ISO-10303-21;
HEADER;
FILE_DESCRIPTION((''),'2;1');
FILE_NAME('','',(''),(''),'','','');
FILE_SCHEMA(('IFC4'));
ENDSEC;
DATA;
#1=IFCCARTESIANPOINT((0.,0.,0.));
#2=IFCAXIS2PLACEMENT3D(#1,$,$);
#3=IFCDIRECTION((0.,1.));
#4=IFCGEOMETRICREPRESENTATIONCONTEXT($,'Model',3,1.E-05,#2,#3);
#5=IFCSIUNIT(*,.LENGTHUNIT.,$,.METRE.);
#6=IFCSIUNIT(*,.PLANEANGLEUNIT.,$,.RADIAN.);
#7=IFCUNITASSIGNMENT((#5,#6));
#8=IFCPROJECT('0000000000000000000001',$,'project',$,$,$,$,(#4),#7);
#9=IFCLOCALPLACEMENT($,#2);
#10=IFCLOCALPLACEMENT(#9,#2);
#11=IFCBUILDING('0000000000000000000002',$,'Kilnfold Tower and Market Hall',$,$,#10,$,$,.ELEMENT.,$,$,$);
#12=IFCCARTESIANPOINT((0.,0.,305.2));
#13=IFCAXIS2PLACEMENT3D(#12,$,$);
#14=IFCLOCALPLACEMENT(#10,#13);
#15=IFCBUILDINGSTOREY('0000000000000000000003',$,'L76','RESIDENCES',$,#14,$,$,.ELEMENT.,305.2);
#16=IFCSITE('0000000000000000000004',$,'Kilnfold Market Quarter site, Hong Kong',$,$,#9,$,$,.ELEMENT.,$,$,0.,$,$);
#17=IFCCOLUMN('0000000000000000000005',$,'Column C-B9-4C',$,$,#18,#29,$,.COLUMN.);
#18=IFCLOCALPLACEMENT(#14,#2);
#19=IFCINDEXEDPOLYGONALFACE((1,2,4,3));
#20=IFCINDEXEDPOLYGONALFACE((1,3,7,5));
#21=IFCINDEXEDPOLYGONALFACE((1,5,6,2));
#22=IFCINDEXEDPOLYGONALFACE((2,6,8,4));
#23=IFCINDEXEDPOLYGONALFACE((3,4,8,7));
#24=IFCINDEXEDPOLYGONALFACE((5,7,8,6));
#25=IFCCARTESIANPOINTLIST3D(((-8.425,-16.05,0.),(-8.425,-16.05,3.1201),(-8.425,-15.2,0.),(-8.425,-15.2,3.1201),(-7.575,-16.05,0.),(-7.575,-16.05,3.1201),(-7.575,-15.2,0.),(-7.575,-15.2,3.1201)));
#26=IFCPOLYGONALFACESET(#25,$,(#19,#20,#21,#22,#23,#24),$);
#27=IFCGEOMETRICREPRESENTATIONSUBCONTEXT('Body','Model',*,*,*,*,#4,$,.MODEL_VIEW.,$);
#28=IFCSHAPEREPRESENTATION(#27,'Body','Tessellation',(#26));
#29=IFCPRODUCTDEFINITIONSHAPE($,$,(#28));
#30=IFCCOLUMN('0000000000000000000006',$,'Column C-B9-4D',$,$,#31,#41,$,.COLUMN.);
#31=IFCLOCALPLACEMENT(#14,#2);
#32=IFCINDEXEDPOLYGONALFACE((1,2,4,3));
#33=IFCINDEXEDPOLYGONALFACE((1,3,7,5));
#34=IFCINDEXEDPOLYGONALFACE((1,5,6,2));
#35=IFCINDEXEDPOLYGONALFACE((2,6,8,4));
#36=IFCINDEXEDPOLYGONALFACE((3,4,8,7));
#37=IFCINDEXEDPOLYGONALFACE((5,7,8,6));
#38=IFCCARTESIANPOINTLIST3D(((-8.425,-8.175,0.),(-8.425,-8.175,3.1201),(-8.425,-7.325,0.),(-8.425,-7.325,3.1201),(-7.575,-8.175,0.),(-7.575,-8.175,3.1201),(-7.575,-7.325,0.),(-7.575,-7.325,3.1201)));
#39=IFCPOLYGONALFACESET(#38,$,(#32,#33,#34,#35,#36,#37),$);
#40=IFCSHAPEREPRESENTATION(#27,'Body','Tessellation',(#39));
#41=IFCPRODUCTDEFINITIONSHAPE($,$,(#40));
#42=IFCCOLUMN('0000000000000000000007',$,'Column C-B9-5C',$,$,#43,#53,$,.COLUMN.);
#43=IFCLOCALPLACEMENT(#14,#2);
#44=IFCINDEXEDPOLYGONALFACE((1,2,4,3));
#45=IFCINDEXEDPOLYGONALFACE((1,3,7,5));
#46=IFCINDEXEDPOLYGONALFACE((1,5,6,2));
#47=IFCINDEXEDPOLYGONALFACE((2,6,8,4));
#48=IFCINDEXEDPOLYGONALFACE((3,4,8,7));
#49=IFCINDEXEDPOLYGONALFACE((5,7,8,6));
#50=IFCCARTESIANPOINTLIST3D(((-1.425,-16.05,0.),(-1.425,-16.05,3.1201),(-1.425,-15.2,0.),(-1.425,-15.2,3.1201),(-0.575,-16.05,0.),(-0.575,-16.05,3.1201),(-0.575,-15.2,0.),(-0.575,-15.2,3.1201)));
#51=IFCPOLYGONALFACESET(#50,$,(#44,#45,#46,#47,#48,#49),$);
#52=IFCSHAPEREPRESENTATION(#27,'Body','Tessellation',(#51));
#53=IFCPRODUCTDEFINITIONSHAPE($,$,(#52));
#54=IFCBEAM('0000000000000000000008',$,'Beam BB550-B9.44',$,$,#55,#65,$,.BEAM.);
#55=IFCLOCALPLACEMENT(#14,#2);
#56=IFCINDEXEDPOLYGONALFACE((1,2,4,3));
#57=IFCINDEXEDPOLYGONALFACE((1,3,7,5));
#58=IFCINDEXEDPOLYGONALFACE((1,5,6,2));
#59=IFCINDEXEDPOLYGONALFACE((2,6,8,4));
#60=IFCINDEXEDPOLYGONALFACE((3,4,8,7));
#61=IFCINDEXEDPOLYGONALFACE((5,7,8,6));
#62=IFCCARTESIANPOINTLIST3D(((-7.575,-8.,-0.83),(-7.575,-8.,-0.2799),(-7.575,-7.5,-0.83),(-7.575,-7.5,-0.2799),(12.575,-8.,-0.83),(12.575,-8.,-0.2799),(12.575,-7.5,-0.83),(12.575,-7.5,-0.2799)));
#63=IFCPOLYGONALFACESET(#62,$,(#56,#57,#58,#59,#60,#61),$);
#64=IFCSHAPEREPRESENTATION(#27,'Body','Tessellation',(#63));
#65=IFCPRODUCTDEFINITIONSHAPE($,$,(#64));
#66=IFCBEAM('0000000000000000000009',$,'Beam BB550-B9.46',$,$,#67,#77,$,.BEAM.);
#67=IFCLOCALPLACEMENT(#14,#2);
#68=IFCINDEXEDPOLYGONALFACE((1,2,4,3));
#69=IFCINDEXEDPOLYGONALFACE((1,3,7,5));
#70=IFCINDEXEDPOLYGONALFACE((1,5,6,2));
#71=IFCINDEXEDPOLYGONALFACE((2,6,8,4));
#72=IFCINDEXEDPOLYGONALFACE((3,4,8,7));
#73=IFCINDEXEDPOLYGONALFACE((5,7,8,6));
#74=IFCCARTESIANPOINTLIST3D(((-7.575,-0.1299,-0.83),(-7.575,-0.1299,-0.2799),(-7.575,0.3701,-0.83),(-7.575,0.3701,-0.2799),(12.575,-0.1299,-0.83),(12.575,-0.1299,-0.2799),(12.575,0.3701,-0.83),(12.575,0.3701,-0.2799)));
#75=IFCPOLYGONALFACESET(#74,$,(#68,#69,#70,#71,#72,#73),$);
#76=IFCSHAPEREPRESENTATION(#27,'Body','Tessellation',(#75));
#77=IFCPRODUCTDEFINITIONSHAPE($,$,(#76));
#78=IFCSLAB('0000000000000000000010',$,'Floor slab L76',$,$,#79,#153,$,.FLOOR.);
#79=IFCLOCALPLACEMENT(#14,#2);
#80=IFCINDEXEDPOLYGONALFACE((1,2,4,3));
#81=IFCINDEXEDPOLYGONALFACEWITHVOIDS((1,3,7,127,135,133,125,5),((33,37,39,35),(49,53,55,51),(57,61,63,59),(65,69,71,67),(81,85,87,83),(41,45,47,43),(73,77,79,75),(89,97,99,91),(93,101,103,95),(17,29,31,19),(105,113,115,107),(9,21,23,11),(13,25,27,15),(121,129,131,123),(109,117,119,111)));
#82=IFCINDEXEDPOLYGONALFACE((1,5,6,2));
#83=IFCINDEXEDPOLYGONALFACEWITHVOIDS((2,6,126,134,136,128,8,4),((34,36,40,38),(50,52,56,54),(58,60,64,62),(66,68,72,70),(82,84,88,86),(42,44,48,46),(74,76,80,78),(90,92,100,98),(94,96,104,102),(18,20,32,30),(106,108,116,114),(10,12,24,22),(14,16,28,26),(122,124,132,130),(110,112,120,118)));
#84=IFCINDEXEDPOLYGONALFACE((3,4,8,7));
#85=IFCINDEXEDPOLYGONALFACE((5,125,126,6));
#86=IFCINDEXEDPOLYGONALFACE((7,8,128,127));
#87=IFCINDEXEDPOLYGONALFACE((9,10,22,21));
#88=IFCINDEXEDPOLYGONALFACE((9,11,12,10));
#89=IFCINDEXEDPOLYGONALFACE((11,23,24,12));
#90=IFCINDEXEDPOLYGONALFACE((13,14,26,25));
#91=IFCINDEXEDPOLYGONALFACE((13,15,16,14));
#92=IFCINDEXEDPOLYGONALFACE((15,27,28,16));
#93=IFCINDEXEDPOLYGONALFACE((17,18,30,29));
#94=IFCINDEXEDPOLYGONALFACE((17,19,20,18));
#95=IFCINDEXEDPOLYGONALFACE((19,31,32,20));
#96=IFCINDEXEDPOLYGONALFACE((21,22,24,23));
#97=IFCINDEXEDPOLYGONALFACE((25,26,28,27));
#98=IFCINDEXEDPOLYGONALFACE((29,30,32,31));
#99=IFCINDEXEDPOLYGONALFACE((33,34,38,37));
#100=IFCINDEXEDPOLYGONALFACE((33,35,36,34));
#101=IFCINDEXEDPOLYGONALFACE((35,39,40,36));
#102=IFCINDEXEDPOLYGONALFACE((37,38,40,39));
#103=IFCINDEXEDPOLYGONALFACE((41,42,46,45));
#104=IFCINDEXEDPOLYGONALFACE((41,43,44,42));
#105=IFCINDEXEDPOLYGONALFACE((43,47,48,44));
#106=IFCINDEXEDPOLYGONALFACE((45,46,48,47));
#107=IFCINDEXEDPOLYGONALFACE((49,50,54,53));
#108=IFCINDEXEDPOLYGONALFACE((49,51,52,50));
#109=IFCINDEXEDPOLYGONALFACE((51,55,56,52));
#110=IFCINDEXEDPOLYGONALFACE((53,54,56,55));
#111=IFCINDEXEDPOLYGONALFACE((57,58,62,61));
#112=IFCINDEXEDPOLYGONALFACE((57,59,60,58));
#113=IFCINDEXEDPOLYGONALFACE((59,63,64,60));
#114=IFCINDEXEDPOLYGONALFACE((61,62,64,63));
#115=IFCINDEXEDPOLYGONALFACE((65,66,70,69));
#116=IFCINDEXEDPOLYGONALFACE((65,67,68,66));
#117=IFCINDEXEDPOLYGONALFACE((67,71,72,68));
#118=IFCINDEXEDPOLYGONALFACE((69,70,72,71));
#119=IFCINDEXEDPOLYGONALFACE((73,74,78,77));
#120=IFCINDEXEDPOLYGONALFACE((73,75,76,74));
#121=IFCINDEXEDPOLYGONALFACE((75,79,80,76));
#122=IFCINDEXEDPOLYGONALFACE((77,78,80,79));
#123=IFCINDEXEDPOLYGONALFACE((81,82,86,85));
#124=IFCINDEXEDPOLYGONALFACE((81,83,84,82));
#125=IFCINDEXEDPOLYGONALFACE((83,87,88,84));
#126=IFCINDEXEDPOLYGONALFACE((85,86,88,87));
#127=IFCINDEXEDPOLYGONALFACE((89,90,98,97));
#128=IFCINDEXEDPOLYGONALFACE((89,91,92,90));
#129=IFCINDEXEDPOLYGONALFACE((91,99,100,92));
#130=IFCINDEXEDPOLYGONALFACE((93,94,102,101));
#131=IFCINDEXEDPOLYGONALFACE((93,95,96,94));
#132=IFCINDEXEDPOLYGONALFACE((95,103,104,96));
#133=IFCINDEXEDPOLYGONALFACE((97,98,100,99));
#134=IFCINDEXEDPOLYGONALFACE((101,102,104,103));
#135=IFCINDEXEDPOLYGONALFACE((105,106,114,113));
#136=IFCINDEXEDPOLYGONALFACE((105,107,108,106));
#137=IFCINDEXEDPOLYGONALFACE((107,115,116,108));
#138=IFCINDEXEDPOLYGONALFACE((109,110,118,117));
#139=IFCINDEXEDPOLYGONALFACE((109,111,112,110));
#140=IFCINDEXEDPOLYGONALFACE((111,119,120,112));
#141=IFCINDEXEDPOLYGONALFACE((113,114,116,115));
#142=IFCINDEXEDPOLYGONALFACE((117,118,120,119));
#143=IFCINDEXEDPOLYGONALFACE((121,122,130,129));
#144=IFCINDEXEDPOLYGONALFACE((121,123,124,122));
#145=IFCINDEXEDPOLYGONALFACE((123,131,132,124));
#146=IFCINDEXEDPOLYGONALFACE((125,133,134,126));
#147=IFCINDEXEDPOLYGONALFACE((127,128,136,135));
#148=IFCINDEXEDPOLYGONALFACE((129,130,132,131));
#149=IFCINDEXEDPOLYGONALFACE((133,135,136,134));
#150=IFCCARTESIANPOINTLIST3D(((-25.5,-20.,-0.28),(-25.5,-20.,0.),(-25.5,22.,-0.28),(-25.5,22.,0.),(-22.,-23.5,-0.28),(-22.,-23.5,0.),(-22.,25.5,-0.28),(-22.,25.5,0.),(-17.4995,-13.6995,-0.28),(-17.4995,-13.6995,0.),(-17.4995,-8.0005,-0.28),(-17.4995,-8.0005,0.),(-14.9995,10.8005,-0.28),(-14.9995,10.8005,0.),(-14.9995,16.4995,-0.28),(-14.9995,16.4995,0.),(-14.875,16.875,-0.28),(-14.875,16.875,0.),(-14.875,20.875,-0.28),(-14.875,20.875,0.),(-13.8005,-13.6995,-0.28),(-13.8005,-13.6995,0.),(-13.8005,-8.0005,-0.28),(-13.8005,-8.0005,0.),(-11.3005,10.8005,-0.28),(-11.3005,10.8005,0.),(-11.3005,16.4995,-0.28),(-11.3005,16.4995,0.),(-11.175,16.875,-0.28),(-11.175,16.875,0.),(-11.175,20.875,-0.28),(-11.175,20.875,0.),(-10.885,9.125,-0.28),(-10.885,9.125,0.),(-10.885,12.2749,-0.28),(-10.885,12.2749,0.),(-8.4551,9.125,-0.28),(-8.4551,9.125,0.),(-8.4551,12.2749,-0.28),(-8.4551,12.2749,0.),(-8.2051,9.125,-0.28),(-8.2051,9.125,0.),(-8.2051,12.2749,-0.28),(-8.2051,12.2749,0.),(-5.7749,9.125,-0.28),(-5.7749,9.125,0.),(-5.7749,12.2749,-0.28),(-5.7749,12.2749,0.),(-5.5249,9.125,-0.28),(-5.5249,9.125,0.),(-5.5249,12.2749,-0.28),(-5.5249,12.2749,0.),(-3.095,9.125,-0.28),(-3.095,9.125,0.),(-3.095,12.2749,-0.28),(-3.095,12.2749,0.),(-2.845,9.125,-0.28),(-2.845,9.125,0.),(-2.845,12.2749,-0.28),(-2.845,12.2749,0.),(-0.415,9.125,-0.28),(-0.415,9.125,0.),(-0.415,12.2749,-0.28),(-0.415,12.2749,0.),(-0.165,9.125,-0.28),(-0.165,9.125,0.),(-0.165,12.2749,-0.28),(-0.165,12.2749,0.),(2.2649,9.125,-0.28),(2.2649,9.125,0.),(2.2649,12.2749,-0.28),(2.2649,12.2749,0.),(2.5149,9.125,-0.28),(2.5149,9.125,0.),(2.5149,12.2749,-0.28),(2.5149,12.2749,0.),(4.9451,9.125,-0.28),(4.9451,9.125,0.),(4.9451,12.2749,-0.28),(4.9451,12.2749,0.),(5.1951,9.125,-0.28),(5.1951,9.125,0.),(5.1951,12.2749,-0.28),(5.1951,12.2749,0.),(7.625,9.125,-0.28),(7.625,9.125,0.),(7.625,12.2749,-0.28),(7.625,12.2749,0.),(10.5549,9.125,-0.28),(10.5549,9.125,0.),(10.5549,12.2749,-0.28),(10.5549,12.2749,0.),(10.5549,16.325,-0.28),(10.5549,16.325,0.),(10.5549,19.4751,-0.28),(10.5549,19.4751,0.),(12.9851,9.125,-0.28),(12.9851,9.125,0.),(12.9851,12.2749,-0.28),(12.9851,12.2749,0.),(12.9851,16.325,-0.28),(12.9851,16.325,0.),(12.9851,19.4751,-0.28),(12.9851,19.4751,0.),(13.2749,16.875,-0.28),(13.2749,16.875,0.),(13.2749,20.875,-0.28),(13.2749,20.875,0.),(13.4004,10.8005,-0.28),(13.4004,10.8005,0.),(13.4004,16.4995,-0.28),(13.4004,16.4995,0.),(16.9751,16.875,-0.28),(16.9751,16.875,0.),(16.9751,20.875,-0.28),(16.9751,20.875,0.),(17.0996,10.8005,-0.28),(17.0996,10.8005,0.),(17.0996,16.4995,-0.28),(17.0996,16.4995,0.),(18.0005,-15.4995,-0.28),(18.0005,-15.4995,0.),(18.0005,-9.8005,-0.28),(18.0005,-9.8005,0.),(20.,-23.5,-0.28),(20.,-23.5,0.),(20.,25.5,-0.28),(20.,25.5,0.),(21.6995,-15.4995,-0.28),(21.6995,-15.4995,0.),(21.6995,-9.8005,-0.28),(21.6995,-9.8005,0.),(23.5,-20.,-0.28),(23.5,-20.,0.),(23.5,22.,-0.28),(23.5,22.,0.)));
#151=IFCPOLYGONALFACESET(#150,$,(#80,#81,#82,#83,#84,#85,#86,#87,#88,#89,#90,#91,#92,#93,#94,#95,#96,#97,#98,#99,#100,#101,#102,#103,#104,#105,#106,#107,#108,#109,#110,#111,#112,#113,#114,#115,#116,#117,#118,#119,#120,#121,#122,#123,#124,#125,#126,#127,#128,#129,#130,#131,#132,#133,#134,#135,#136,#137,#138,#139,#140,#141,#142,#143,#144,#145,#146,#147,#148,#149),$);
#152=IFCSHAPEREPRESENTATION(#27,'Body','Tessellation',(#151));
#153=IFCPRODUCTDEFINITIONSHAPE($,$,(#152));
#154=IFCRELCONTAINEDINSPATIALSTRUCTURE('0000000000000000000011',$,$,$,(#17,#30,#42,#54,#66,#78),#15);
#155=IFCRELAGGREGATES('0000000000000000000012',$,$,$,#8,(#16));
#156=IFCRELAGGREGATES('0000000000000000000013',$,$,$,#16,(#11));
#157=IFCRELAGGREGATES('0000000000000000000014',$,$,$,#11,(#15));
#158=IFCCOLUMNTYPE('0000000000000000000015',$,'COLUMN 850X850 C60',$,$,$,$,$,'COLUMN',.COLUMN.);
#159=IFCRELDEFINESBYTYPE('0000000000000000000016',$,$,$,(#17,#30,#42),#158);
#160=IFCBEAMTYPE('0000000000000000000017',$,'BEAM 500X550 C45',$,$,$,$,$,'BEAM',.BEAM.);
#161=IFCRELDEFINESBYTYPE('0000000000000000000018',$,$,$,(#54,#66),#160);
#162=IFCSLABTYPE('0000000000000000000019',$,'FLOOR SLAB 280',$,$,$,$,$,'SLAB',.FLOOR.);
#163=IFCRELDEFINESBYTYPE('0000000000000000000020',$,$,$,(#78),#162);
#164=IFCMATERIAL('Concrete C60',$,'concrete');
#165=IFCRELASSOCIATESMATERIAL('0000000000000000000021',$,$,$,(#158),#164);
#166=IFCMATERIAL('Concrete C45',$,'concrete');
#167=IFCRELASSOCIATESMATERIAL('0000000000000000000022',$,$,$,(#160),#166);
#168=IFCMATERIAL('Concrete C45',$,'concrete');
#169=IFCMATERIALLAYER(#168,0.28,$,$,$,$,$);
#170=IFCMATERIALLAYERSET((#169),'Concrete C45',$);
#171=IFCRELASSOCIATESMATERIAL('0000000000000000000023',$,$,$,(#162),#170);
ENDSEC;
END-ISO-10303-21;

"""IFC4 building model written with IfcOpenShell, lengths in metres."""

from ifc_helpers import new_model, si_unit, direction, frame, origin, origin_2d, place, context, subcontext, project, spatial, polyline, rectangle, outline, extrude, source, transform, mapped, material, layer, layer_set, material_profile, profile_set, type_object, element, save


model = new_model("IFC4")

# Units and contexts
model_context = context("Model", 3, precision=1e-05, world=origin(), true_north=direction((0.0, 1.0)))
body_context = subcontext(model_context, "Body", "Model", "MODEL_VIEW")
ifc_project = project(units=[si_unit("LENGTHUNIT", "METRE"), si_unit("PLANEANGLEUNIT", "RADIAN")], contexts=[model_context])

# Site, building, storey
site_placement = place(None, origin())
site = spatial("IfcSite", under=ifc_project, at=site_placement, Name="Kilnfold Market Quarter site, Hong Kong", CompositionType="ELEMENT", RefElevation=0.0)
building_placement = place(site_placement, origin())
building = spatial("IfcBuilding", under=site, at=building_placement, Name="Kilnfold Tower and Market Hall", CompositionType="ELEMENT")
storey_placement = place(building_placement, frame((0.0, 0.0, 305.2)))
storey = spatial("IfcBuildingStorey", under=building, at=storey_placement, Name="L76", Description="RESIDENCES", CompositionType="ELEMENT", Elevation=305.2)

# Columns
ifc_material_1 = material(Name="Concrete C60", Category="concrete")
ifc_material_profile_1 = material_profile(ifc_material_1, rectangle(XDim=0.8501, YDim=0.8501, at=origin_2d()), Name="RC 850x850")
ifc_profile_set_1 = profile_set([ifc_material_profile_1], Name="Concrete C60")
column_type = type_object("IfcColumnType", Name="COLUMN 850X850 C60", ElementType="COLUMN", PredefinedType="COLUMN", material=ifc_profile_set_1)
shared_shape_1 = source(origin(), body_context, "Body", "SweptSolid", [
    extrude(rectangle(XDim=0.8501, YDim=0.8501, at=origin_2d()), origin(), (0.0, 0.0, 1.0), 3.1201),
])
for number, where, z_axis, x_axis, name in (
    (1, (-8.0, -15.625, 0.0), (0.0, 0.0, 1.0), (1.0, 0.0, 0.0), "Column C-B9-4C"),
    (2, (-8.0, -7.75, 0.0), (0.0, 0.0, 1.0), (1.0, 0.0, 0.0), "Column C-B9-4D"),
    (3, (-1.0, -15.625, 0.0), (0.0, 0.0, 1.0), (1.0, 0.0, 0.0), "Column C-B9-5C"),
):
    element("IfcColumn", number, at=place(storey_placement, frame(where, z_axis=z_axis, x_axis=x_axis)), inside=storey, type_object=column_type, Name=name, PredefinedType="COLUMN", context=body_context, shape_type="MappedRepresentation", body=[
        mapped(shared_shape_1, transform((0.0, 0.0, 0.0))),
    ])

# Beams
ifc_material_2 = material(Name="Concrete C45", Category="concrete")
ifc_material_profile_2 = material_profile(ifc_material_2, rectangle(XDim=0.5, YDim=0.55, at=origin_2d()), Name="RC 500x550")
ifc_profile_set_2 = profile_set([ifc_material_profile_2], Name="Concrete C45")
beam_type = type_object("IfcBeamType", Name="BEAM 500X550 C45", ElementType="BEAM", PredefinedType="BEAM", material=ifc_profile_set_2)
shared_shape_2 = source(origin(), body_context, "Body", "SweptSolid", [
    extrude(rectangle(XDim=0.5, YDim=0.55, at=origin_2d()), origin(), (0.0, 0.0, 1.0), 20.1499),
])
for number, where, z_axis, x_axis, name in (
    (4, (-7.575, -7.75, -0.5549), (1.0, 0.0, 0.0), (0.0, 1.0, 0.0), "Beam BB550-B9.44"),
    (5, (-7.575, 0.1201, -0.5549), (1.0, 0.0, 0.0), (0.0, 1.0, 0.0), "Beam BB550-B9.46"),
):
    element("IfcBeam", number, at=place(storey_placement, frame(where, z_axis=z_axis, x_axis=x_axis)), inside=storey, type_object=beam_type, Name=name, PredefinedType="BEAM", context=body_context, shape_type="MappedRepresentation", body=[
        mapped(shared_shape_2, transform((0.0, 0.0, 0.0))),
    ])

# Slab
ifc_material_3 = material(Name="Concrete C45", Category="concrete")
ifc_layer_1 = layer(ifc_material_3, 0.28)
ifc_layer_set_1 = layer_set([ifc_layer_1], Name="Concrete C45")
slab_type = type_object("IfcSlabType", Name="FLOOR SLAB 280", ElementType="SLAB", PredefinedType="FLOOR", material=ifc_layer_set_1)
shared_shape_3 = source(origin(), body_context, "Body", "SweptSolid", [
    extrude(outline(polyline([(-22.0, -23.5), (20.0, -23.5), (23.5, -20.0), (23.5, 22.0), (20.0, 25.5), (-22.0, 25.5), (-25.5, 22.0), (-25.5, -20.0), (-22.0, -23.5)]), holes=[polyline([(-13.8005, -8.0005), (-13.8005, -13.6995), (-17.4995, -13.6995), (-17.4995, -8.0005), (-13.8005, -8.0005)]), polyline([(-11.3005, 10.8005), (-14.9995, 10.8005), (-14.9995, 16.4995), (-11.3005, 16.4995), (-11.3005, 10.8005)]), polyline([(-11.175, 16.875), (-14.875, 16.875), (-14.875, 20.875), (-11.175, 20.875), (-11.175, 16.875)]), polyline([(-8.4551, 9.125), (-10.885, 9.125), (-10.885, 12.2749), (-8.4551, 12.2749), (-8.4551, 9.125)]), polyline([(-5.7749, 9.125), (-8.2051, 9.125), (-8.2051, 12.2749), (-5.7749, 12.2749), (-5.7749, 9.125)]), polyline([(-3.095, 9.125), (-5.5249, 9.125), (-5.5249, 12.2749), (-3.095, 12.2749), (-3.095, 9.125)]), polyline([(-0.415, 9.125), (-2.845, 9.125), (-2.845, 12.2749), (-0.415, 12.2749), (-0.415, 9.125)]), polyline([(2.2649, 9.125), (-0.165, 9.125), (-0.165, 12.2749), (2.2649, 12.2749), (2.2649, 9.125)]), polyline([(4.9451, 9.125), (2.5149, 9.125), (2.5149, 12.2749), (4.9451, 12.2749), (4.9451, 9.125)]), polyline([(7.625, 9.125), (5.1951, 9.125), (5.1951, 12.2749), (7.625, 12.2749), (7.625, 9.125)]), polyline([(12.9851, 9.125), (10.5549, 9.125), (10.5549, 12.2749), (12.9851, 12.2749), (12.9851, 9.125)]), polyline([(12.9851, 16.325), (10.5549, 16.325), (10.5549, 19.4751), (12.9851, 19.4751), (12.9851, 16.325)]), polyline([(16.9751, 16.875), (13.2749, 16.875), (13.2749, 20.875), (16.9751, 20.875), (16.9751, 16.875)]), polyline([(17.0996, 10.8005), (13.4004, 10.8005), (13.4004, 16.4995), (17.0996, 16.4995), (17.0996, 10.8005)]), polyline([(18.0005, -9.8005), (21.6995, -9.8005), (21.6995, -15.4995), (18.0005, -15.4995), (18.0005, -9.8005)])]), origin(), (0.0, 0.0, 1.0), 0.28),
])
slab_placement = place(storey_placement, frame((0.0, 0.0, -0.28)))
element("IfcSlab", 6, at=slab_placement, inside=storey, type_object=slab_type, Name="Floor slab L76", PredefinedType="FLOOR", context=body_context, shape_type="MappedRepresentation", body=[
    mapped(shared_shape_3, transform((0.0, 0.0, 0.0))),
])

save(model, "model.ifc")
